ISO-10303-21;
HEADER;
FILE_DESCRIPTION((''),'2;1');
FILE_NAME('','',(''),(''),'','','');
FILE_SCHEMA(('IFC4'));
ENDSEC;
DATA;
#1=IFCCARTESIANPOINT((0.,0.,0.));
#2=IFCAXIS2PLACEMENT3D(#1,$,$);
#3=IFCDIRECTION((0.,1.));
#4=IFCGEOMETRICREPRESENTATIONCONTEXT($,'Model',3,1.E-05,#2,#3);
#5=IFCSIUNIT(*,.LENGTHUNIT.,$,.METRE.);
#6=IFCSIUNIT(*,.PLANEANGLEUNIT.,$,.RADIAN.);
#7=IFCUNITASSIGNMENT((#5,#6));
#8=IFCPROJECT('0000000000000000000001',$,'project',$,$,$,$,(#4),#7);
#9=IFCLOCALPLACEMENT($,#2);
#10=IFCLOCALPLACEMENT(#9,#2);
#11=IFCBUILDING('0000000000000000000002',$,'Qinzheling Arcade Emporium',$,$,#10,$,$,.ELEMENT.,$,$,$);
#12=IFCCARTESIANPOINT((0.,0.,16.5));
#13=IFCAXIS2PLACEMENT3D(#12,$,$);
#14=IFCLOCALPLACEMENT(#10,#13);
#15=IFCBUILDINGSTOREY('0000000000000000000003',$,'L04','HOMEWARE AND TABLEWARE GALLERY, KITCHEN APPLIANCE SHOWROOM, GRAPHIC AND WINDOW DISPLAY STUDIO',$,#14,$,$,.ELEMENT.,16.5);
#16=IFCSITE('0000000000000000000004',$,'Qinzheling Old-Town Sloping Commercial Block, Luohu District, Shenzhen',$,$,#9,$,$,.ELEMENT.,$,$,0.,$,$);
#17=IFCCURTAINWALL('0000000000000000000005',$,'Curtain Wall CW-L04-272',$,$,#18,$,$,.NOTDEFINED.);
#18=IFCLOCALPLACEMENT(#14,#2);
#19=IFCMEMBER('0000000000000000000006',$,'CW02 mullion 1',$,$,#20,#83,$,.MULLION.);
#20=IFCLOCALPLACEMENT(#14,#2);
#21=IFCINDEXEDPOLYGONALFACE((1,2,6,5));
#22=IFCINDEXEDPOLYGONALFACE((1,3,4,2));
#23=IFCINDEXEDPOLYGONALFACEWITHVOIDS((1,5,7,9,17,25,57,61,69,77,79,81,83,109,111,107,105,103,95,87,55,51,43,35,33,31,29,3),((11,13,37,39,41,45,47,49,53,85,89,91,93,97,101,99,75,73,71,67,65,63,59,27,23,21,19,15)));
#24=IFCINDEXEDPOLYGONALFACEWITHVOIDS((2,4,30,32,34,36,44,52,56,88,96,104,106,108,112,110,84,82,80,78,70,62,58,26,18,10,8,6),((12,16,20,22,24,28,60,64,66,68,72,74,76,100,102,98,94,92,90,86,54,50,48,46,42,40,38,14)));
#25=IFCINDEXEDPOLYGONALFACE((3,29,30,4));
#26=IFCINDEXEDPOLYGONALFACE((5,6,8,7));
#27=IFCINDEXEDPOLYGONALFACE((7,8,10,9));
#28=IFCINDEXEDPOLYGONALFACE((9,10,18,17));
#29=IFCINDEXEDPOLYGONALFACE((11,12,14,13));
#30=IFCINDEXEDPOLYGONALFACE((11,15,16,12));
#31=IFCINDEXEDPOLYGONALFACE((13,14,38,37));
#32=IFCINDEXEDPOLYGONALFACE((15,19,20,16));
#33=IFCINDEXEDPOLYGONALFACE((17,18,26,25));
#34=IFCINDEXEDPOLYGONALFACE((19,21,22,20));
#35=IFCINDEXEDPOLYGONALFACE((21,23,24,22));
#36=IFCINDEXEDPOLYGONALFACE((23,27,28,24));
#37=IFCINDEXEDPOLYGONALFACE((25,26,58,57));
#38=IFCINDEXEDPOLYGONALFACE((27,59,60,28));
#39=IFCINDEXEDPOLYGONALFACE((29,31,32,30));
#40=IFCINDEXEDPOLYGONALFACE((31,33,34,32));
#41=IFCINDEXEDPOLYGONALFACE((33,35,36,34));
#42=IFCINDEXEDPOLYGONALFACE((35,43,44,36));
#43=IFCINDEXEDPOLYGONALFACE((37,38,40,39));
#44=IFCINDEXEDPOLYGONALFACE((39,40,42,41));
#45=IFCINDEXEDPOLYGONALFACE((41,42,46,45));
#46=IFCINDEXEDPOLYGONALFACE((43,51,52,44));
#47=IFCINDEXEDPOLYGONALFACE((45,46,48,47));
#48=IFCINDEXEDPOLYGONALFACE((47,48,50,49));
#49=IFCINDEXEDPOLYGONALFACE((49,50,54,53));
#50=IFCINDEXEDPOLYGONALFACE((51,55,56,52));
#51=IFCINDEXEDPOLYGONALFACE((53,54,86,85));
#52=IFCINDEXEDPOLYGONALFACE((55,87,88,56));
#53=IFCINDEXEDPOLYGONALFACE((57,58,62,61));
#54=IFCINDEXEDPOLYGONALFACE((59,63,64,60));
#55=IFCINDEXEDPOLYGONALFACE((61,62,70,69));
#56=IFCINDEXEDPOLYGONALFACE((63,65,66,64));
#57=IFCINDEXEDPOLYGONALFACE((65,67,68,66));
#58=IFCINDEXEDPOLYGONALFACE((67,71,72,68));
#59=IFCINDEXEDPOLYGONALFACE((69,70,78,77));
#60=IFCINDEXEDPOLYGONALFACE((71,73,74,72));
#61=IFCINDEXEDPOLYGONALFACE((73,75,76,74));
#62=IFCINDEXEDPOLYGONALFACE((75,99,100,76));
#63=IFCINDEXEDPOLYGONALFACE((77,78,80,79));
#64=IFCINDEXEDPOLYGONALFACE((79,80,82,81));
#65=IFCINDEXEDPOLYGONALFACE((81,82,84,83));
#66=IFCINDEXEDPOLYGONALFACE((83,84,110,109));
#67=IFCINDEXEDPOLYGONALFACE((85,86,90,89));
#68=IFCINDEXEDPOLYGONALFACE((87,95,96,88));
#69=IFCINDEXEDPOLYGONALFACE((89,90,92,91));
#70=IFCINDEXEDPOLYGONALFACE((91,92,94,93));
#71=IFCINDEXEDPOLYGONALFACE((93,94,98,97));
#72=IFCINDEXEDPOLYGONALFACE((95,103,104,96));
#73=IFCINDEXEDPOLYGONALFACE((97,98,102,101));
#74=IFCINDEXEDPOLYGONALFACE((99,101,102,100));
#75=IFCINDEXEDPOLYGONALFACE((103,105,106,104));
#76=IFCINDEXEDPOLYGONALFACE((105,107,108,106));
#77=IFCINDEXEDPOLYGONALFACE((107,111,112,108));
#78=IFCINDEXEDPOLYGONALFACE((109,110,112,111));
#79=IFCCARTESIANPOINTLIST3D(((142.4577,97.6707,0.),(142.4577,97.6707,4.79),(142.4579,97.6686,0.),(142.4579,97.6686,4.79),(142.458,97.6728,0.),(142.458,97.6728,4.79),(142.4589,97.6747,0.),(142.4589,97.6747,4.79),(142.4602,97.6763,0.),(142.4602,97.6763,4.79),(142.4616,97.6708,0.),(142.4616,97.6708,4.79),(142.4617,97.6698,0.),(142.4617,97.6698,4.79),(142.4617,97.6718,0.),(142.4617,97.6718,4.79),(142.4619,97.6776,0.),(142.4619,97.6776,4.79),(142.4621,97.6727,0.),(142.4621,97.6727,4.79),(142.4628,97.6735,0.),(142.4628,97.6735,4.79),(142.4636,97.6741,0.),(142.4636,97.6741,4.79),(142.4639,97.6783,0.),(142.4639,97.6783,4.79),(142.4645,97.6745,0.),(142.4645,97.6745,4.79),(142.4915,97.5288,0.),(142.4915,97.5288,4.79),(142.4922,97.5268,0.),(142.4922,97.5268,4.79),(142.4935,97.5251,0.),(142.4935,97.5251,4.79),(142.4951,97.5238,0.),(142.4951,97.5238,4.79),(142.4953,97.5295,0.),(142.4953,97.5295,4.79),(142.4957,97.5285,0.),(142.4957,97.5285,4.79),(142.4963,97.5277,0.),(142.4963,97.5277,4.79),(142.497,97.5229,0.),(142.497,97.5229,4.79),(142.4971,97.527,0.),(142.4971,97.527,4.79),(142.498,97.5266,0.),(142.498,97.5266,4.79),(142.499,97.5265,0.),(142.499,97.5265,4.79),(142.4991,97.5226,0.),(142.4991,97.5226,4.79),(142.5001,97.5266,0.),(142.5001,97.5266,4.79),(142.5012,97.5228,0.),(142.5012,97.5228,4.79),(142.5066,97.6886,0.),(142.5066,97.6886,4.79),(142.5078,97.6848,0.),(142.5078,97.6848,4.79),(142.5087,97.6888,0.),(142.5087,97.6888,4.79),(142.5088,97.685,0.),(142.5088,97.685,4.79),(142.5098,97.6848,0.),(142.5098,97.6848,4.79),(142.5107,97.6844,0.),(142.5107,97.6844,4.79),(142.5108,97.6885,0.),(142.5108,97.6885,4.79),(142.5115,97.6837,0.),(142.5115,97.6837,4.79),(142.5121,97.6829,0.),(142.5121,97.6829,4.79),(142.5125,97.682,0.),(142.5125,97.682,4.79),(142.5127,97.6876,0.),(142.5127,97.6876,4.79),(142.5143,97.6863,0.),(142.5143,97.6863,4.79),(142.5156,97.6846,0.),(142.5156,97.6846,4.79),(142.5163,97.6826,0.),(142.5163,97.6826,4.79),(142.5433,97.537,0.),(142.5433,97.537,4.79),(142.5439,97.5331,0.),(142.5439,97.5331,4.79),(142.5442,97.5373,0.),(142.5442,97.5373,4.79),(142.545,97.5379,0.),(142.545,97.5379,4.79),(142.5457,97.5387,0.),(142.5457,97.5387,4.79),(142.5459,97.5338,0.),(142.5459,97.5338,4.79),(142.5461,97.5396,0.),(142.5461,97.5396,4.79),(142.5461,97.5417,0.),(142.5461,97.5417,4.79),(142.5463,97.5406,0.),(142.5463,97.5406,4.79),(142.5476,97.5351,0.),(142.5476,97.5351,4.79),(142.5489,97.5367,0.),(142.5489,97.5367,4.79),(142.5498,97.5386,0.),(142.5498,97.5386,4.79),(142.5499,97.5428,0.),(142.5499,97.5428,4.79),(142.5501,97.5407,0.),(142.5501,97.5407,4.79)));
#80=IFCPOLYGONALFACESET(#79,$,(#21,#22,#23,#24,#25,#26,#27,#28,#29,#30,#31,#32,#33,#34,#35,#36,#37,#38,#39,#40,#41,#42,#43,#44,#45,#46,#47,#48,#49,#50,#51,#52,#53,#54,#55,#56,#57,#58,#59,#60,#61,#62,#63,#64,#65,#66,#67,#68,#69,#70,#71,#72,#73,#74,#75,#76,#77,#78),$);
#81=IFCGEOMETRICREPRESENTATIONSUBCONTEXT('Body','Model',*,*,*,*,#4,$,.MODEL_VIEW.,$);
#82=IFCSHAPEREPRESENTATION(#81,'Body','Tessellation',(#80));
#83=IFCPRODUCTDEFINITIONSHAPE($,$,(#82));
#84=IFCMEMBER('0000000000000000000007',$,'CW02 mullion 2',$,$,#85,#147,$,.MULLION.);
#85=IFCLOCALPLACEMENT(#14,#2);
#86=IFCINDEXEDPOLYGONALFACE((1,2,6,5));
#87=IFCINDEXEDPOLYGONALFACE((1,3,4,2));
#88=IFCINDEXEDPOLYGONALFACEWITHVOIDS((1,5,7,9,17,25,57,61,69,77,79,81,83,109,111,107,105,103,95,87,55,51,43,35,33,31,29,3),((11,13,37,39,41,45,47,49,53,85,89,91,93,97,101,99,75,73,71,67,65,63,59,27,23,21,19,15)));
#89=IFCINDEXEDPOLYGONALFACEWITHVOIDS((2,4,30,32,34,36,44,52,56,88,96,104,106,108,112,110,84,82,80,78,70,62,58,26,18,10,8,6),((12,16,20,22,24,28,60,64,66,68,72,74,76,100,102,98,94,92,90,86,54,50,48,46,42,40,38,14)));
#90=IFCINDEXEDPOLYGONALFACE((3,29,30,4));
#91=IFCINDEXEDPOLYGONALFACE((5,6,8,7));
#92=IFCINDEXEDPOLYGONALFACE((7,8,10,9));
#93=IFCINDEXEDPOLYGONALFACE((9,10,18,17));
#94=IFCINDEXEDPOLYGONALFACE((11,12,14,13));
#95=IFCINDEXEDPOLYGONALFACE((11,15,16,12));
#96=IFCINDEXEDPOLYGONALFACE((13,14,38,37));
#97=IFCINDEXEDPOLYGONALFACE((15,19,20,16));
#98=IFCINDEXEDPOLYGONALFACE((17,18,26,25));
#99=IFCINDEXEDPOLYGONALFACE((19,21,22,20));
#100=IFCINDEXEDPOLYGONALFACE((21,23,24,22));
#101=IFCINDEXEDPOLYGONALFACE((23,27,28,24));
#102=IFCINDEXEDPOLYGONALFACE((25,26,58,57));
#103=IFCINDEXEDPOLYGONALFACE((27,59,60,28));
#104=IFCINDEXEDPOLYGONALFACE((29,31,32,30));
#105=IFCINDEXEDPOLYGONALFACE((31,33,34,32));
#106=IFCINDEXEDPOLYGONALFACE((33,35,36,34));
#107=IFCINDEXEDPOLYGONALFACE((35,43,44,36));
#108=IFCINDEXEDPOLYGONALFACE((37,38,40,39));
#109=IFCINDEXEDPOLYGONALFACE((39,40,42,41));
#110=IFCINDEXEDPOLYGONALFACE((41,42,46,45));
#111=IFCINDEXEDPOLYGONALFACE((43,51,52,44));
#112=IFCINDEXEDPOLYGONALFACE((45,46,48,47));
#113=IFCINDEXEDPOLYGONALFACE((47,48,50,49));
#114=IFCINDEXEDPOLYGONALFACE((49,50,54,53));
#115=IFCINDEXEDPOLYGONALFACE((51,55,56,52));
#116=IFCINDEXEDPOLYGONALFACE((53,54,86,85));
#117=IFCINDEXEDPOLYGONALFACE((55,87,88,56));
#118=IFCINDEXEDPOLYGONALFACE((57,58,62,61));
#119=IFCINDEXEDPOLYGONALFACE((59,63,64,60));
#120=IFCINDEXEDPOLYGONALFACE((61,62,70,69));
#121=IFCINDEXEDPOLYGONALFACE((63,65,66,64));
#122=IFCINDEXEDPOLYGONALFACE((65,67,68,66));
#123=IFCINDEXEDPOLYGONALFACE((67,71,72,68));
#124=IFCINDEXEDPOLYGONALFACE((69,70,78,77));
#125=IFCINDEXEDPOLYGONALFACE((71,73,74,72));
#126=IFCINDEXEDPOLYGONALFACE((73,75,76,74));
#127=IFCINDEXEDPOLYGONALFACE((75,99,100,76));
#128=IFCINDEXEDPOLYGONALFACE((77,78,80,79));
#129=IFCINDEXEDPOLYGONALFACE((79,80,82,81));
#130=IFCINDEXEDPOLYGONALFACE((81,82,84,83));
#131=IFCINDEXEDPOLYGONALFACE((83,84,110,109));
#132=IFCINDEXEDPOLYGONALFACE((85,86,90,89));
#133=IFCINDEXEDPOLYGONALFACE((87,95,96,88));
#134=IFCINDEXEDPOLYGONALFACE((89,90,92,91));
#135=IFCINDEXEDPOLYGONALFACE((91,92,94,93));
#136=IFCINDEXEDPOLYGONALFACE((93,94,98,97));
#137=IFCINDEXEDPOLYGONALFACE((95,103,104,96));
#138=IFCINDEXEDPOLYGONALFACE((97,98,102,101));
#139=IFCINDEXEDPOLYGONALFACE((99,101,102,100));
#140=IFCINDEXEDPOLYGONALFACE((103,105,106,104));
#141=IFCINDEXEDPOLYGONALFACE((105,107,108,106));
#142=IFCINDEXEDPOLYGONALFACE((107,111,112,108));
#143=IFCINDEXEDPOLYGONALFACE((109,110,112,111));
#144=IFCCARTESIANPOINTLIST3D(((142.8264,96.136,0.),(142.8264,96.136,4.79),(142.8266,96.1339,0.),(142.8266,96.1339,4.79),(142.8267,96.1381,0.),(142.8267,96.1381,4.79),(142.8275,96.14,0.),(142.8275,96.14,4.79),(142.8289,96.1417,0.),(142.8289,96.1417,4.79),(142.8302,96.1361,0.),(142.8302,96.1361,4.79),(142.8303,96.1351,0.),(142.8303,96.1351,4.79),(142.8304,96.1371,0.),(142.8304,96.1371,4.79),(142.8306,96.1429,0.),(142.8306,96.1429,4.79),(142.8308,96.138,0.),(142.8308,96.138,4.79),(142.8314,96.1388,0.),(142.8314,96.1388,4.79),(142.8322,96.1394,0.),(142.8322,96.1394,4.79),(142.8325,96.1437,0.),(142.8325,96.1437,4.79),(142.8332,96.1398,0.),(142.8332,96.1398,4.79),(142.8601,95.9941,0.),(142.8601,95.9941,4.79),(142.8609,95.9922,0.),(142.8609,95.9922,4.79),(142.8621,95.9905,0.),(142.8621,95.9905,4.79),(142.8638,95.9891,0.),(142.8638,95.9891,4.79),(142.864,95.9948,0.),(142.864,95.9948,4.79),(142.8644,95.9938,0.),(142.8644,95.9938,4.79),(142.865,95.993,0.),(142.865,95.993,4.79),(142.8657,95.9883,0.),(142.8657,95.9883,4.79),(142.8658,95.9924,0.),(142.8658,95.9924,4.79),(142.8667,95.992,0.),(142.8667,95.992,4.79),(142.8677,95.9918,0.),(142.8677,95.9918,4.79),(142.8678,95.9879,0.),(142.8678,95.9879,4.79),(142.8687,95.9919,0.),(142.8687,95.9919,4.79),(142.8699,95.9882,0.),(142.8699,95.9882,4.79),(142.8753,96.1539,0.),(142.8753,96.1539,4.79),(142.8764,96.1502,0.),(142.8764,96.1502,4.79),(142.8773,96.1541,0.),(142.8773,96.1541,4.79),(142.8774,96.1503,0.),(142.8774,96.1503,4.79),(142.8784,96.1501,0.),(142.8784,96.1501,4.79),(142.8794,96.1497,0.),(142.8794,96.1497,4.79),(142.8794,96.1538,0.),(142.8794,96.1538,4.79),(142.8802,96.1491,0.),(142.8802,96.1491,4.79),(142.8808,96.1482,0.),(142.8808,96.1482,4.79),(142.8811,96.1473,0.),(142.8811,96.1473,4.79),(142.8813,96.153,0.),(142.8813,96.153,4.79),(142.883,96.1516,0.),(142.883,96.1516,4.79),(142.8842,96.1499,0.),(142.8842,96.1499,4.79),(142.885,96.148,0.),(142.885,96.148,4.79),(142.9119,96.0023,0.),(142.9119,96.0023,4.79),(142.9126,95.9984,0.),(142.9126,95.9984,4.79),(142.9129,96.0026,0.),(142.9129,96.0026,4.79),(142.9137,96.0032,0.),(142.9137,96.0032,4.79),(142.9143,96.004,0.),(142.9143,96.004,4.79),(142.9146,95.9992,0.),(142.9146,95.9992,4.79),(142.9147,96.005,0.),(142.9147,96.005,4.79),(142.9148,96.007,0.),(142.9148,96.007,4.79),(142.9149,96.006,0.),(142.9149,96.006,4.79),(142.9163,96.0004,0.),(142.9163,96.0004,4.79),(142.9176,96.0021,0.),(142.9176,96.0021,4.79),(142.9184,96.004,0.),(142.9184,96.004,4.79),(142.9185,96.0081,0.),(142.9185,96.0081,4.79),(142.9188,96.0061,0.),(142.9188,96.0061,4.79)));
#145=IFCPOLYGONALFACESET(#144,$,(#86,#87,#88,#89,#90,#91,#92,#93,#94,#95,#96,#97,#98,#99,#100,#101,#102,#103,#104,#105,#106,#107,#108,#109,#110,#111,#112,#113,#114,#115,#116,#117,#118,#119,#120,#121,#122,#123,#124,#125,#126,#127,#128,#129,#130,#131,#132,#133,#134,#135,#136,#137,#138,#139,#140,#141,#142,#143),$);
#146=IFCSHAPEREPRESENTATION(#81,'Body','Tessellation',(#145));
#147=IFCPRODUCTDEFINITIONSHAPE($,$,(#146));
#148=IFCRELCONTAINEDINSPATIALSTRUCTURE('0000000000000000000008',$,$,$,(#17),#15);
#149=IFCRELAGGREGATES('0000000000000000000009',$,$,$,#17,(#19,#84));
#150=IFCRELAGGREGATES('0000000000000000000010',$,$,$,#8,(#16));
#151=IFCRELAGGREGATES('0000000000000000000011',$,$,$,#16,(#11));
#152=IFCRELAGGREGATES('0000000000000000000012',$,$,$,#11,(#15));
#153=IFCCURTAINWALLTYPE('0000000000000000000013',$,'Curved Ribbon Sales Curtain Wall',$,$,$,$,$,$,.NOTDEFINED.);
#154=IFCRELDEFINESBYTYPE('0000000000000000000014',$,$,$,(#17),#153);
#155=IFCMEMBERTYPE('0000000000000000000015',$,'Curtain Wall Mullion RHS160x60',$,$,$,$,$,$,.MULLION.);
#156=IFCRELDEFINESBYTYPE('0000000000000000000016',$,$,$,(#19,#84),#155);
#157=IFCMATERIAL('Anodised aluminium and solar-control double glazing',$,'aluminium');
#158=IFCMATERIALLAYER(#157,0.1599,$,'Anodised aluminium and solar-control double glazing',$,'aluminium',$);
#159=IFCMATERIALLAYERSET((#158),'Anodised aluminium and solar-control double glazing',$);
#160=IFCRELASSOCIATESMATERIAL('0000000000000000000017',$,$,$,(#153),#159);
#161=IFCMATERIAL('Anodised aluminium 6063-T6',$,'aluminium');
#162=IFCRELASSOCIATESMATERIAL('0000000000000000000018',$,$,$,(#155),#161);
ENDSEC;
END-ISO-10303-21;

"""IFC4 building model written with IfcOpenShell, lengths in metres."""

from ifc_helpers import new_model, si_unit, direction, frame, origin, origin_2d, place, context, subcontext, project, spatial, hollow_rectangle, extrude, material, layer, layer_set, material_profile, profile_set, type_object, element, aggregate, save


model = new_model("IFC4")

# Units and contexts
model_context = context("Model", 3, precision=1e-05, world=origin(), true_north=direction((0.0, 1.0)))
body_context = subcontext(model_context, "Body", "Model", "MODEL_VIEW")
ifc_project = project(units=[si_unit("LENGTHUNIT", "METRE"), si_unit("PLANEANGLEUNIT", "RADIAN")], contexts=[model_context])

# Site, building, storey
site_placement = place(None, origin())
site = spatial("IfcSite", under=ifc_project, at=site_placement, Name="Qinzheling Old-Town Sloping Commercial Block, Luohu District, Shenzhen", CompositionType="ELEMENT", RefElevation=0.0)
building_placement = place(site_placement, origin())
building = spatial("IfcBuilding", under=site, at=building_placement, Name="Qinzheling Arcade Emporium", CompositionType="ELEMENT")
storey_placement = place(building_placement, frame((0.0, 0.0, 16.5)))
storey = spatial("IfcBuildingStorey", under=building, at=storey_placement, Name="L04", Description="HOMEWARE AND TABLEWARE GALLERY, KITCHEN APPLIANCE SHOWROOM, GRAPHIC AND WINDOW DISPLAY STUDIO", CompositionType="ELEMENT", Elevation=16.5)

# Shared definitions
ifc_material_1 = material(Name="Anodised aluminium and solar-control double glazing", Category="aluminium")
ifc_layer_1 = layer(ifc_material_1, 0.1599, Name="Anodised aluminium and solar-control double glazing", Category="aluminium")
ifc_layer_set_1 = layer_set([ifc_layer_1], Name="Anodised aluminium and solar-control double glazing")
curtain_wall_type = type_object("IfcCurtainWallType", Name="Curved Ribbon Sales Curtain Wall", PredefinedType="NOTDEFINED", material=ifc_layer_set_1)
ifc_material_2 = material(Name="Anodised aluminium 6063-T6", Category="aluminium")
ifc_material_profile_1 = material_profile(ifc_material_2, hollow_rectangle(XDim=0.0601, YDim=0.1599, WallThickness=0.0039, InnerFilletRadius=0.0039, OuterFilletRadius=0.0081, at=origin_2d()), Name="RHS 160x60x4", Category="aluminium")
ifc_profile_set_1 = profile_set([ifc_material_profile_1], Name="Anodised aluminium 6063-T6")
member_type_1 = type_object("IfcMemberType", Name="Curtain Wall Mullion RHS160x60", PredefinedType="MULLION", material=ifc_profile_set_1)

# Curtain wall, members
curtain_wall_1_placement = place(storey_placement, origin())
curtain_wall_1 = element("IfcCurtainWall", 1, at=curtain_wall_1_placement, inside=storey, type_object=curtain_wall_type, Name="Curtain Wall CW-L04-272", PredefinedType="NOTDEFINED")
member_1_placement = place(storey_placement, frame((142.5039, 97.6057, 0.0), z_axis=(0.0, 0.0, 1.0), x_axis=(0.972368, 0.233455, 0.0)))
member_1 = element("IfcMember", 2, at=member_1_placement, type_object=member_type_1, Name="CW02 mullion 1", PredefinedType="MULLION", context=body_context, shape_type="SweptSolid", body=[
    extrude(hollow_rectangle(XDim=0.0601, YDim=0.1599, WallThickness=0.0039, InnerFilletRadius=0.0039, OuterFilletRadius=0.0081, at=origin_2d()), origin(), (0.0, 0.0, 1.0), 4.79),
])
member_2_placement = place(storey_placement, frame((142.8726, 96.071, 0.0), z_axis=(0.0, 0.0, 1.0), x_axis=(0.972368, 0.233455, 0.0)))
member_2 = element("IfcMember", 3, at=member_2_placement, type_object=member_type_1, Name="CW02 mullion 2", PredefinedType="MULLION", context=body_context, shape_type="SweptSolid", body=[
    extrude(hollow_rectangle(XDim=0.0601, YDim=0.1599, WallThickness=0.0039, InnerFilletRadius=0.0039, OuterFilletRadius=0.0081, at=origin_2d()), origin(), (0.0, 0.0, 1.0), 4.79),
])

aggregate(curtain_wall_1, [member_1, member_2])

save(model, "model.ifc")
